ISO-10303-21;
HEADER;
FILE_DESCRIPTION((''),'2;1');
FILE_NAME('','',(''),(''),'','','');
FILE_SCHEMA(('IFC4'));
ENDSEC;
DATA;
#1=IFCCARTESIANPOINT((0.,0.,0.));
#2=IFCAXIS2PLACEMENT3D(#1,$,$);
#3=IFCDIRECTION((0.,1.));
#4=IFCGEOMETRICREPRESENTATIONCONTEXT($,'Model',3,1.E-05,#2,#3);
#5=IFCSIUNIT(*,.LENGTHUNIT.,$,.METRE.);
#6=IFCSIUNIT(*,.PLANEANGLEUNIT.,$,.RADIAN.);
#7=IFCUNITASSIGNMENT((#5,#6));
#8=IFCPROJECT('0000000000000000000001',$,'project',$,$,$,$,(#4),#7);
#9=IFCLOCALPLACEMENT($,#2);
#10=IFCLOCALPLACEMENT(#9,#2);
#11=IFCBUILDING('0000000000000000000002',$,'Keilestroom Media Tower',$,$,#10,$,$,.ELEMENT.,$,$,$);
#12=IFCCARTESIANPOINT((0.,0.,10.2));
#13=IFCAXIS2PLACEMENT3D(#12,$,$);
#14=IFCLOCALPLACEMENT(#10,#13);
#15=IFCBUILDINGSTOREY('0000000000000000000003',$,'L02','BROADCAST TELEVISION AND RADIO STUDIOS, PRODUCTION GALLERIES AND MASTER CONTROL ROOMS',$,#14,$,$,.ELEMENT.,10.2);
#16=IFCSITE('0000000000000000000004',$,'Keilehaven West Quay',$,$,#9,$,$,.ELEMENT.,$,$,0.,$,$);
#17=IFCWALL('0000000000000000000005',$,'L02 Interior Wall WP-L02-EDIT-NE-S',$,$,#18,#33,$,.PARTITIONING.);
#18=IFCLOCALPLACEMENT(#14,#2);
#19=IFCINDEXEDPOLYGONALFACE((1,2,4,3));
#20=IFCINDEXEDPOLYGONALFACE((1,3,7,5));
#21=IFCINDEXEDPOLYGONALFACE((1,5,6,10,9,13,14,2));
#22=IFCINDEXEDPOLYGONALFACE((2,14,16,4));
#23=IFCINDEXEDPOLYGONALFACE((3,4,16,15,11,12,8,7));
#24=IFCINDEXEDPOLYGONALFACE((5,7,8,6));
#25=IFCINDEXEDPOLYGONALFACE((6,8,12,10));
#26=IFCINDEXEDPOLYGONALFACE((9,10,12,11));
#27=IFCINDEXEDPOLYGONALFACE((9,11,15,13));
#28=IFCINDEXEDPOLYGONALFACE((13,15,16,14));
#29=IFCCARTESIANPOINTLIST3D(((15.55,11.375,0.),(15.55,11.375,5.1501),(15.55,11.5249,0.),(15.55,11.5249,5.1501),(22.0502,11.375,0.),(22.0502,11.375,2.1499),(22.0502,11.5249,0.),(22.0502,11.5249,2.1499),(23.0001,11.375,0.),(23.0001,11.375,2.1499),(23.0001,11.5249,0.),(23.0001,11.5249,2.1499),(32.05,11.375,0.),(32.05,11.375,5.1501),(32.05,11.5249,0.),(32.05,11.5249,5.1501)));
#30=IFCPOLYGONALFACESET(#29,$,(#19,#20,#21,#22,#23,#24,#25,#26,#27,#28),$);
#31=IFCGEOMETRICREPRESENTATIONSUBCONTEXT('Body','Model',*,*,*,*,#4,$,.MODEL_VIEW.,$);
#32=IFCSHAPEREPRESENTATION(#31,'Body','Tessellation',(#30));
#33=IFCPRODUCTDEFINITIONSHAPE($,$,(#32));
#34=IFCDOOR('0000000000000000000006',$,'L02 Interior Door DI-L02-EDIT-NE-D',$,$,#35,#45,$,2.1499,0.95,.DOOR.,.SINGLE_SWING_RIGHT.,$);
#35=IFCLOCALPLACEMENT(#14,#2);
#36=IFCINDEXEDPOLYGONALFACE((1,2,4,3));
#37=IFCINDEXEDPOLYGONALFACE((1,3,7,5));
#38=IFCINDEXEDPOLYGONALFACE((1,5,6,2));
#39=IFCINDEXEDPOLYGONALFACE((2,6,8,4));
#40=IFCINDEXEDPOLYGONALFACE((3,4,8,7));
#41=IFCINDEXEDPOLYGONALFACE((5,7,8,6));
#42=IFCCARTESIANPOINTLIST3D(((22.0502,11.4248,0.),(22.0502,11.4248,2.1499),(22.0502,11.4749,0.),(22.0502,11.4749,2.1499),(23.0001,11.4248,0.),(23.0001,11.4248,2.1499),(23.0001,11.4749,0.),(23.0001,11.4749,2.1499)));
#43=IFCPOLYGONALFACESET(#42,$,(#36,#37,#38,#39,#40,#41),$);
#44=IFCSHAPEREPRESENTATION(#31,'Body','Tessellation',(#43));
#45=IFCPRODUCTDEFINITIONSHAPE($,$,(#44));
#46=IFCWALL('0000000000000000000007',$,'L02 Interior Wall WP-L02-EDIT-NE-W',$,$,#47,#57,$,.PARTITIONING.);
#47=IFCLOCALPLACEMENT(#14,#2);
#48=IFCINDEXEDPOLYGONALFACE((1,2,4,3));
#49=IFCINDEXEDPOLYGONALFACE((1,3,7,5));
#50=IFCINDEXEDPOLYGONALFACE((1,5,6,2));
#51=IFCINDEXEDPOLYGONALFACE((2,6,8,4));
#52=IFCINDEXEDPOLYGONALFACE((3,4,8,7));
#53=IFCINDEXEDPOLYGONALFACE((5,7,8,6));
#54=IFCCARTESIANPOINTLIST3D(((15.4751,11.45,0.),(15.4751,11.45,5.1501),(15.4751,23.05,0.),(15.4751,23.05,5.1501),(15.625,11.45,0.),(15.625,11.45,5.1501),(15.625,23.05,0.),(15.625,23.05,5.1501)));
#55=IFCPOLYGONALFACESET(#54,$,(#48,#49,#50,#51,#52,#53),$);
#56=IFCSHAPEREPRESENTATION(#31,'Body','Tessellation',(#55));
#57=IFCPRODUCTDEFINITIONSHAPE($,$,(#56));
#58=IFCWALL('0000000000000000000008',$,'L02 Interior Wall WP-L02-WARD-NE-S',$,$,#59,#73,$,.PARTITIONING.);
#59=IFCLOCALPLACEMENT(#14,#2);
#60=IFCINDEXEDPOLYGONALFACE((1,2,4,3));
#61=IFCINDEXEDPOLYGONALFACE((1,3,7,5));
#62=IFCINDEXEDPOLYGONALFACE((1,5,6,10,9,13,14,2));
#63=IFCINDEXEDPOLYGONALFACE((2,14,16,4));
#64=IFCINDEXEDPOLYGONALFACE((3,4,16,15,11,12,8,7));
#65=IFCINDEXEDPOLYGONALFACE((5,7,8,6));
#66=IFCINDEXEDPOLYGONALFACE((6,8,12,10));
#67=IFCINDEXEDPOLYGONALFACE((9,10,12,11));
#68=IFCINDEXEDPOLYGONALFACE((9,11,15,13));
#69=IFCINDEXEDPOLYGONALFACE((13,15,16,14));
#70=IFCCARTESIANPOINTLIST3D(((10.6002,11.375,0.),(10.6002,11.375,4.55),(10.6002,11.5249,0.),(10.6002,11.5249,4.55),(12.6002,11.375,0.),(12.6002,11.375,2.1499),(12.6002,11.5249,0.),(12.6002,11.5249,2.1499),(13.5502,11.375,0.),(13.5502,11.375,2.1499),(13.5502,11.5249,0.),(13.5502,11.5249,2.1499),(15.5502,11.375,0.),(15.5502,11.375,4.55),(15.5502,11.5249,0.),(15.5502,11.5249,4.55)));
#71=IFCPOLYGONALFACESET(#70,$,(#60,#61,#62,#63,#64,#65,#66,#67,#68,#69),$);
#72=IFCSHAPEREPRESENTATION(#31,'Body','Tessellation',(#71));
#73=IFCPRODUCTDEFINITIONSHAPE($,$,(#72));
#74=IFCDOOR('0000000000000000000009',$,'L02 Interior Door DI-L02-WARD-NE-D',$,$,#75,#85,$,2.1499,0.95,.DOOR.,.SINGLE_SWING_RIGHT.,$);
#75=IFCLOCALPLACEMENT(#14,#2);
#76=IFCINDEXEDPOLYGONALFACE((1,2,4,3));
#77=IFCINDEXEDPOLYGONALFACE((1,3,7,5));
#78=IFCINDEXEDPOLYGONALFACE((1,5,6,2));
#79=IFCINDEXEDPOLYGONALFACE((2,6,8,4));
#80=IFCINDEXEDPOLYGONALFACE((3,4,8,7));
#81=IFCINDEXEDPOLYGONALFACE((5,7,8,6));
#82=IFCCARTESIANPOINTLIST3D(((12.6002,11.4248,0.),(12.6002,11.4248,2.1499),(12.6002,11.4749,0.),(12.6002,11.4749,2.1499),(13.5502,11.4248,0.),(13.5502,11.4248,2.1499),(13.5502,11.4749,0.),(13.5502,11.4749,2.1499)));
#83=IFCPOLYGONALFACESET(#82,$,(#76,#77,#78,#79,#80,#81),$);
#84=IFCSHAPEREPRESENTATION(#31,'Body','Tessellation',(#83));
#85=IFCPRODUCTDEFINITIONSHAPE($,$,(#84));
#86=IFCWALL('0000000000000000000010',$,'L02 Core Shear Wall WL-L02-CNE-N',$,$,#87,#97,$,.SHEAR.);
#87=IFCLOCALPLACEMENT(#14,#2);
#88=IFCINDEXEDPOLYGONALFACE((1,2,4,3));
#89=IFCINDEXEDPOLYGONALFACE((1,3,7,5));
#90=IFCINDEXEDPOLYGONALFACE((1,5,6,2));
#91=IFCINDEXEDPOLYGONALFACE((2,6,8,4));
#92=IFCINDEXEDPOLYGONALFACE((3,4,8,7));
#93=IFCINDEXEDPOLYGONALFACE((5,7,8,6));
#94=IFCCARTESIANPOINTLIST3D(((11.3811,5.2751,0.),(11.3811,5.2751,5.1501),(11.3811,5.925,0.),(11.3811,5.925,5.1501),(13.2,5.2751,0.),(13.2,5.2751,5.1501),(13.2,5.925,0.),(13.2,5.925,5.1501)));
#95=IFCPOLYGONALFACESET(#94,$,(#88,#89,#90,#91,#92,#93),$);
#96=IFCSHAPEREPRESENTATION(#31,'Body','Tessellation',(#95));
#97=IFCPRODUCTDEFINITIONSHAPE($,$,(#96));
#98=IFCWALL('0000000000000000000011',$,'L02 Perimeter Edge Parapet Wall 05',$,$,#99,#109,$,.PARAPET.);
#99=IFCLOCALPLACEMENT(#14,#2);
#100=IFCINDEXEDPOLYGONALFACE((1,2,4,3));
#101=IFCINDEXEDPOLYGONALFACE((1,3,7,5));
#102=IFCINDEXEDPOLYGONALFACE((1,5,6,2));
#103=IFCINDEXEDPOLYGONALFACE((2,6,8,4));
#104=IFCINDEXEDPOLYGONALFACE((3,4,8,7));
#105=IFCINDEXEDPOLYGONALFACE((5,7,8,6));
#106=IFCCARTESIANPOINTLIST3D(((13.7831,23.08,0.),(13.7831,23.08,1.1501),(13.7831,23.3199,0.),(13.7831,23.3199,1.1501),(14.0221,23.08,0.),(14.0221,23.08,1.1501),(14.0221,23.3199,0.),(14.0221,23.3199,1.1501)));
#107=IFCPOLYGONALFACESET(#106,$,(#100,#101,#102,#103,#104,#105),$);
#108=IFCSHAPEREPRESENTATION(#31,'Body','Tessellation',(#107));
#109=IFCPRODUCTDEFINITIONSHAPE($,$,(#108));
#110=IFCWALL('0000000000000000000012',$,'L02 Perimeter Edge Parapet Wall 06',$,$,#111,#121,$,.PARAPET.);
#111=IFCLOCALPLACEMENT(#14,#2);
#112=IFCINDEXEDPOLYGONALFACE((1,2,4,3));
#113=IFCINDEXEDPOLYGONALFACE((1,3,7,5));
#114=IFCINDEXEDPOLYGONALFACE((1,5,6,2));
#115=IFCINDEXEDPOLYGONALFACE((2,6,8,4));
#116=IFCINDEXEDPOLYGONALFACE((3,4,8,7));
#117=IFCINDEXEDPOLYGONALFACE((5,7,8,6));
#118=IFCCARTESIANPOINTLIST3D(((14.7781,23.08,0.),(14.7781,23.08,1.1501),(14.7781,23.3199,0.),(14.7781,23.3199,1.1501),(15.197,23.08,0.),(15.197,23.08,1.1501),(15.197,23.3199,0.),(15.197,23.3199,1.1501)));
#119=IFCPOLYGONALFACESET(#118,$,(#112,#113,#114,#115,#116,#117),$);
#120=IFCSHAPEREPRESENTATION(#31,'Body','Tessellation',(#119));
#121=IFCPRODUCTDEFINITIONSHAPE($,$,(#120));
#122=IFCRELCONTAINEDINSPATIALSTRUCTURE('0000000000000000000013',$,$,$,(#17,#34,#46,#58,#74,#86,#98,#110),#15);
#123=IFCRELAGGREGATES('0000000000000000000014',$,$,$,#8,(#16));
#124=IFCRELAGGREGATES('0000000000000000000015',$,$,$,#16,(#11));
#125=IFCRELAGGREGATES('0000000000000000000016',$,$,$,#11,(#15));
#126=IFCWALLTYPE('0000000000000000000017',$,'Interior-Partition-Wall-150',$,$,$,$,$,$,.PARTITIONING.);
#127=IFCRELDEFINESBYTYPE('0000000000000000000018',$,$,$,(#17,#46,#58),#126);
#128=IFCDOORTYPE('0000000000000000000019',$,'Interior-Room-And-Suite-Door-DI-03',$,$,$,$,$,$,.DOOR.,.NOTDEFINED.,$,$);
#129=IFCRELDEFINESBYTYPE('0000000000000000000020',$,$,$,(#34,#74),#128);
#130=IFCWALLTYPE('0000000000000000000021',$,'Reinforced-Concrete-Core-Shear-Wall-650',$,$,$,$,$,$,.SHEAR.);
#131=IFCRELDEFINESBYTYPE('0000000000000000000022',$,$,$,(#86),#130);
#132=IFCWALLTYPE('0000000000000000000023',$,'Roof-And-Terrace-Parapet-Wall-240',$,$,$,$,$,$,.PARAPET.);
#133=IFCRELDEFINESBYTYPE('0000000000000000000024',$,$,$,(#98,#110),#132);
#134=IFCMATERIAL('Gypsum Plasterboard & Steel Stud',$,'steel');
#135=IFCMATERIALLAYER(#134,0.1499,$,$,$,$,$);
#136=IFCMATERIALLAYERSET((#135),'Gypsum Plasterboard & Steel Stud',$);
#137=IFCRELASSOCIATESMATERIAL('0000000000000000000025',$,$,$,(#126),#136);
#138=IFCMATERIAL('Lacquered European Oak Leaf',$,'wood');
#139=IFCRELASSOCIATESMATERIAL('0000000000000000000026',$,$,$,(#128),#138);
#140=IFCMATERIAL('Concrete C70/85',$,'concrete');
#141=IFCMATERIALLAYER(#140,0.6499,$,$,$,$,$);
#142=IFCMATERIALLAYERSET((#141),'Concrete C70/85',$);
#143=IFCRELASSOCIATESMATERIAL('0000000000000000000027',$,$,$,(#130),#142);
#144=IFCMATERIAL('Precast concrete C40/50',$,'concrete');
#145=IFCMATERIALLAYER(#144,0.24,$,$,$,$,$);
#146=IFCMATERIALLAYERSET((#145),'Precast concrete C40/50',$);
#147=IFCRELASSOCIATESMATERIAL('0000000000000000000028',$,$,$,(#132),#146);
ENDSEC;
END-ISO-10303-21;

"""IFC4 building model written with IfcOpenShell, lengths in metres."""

from ifc_helpers import new_model, si_unit, direction, frame, frame_2d, origin, place, context, subcontext, project, spatial, rectangle, extrude, source, transform, mapped, material, layer, layer_set, type_object, element, fill, save


model = new_model("IFC4")

# Units and contexts
model_context = context("Model", 3, precision=1e-05, world=origin(), true_north=direction((0.0, 1.0)))
body_context = subcontext(model_context, "Body", "Model", "MODEL_VIEW")
ifc_project = project(units=[si_unit("LENGTHUNIT", "METRE"), si_unit("PLANEANGLEUNIT", "RADIAN")], contexts=[model_context])

# Site, building, storey
site_placement = place(None, origin())
site = spatial("IfcSite", under=ifc_project, at=site_placement, Name="Keilehaven West Quay", CompositionType="ELEMENT", RefElevation=0.0)
building_placement = place(site_placement, origin())
building = spatial("IfcBuilding", under=site, at=building_placement, Name="Keilestroom Media Tower", CompositionType="ELEMENT")
storey_placement = place(building_placement, frame((0.0, 0.0, 10.2)))
storey = spatial("IfcBuildingStorey", under=building, at=storey_placement, Name="L02", Description="BROADCAST TELEVISION AND RADIO STUDIOS, PRODUCTION GALLERIES AND MASTER CONTROL ROOMS", CompositionType="ELEMENT", Elevation=10.2)

# Shared definitions
ifc_material_1 = material(Name="Precast concrete C40/50", Category="concrete")
ifc_material_2 = material(Name="Concrete C70/85", Category="concrete")

# Shared definitions
ifc_material_3 = material(Name="Gypsum Plasterboard & Steel Stud", Category="steel")

# Wall, opening, door
ifc_layer_1 = layer(ifc_material_3, 0.1499)
ifc_layer_set_1 = layer_set([ifc_layer_1], Name="Gypsum Plasterboard & Steel Stud")
wall_type_1 = type_object("IfcWallType", Name="Interior-Partition-Wall-150", PredefinedType="PARTITIONING", material=ifc_layer_set_1)
wall_1_placement = place(storey_placement, frame((15.55, 11.45, 0.0), z_axis=(0.0, 0.0, 1.0), x_axis=(1.0, 0.0, 0.0)))
wall_1 = element("IfcWall", 1, at=wall_1_placement, inside=storey, type_object=wall_type_1, Name="L02 Interior Wall WP-L02-EDIT-NE-S", PredefinedType="PARTITIONING", context=body_context, shape_type="SweptSolid", body=[
    extrude(rectangle(XDim=16.5, YDim=0.1499, at=frame_2d((8.25, 0.0))), origin(), (0.0, 0.0, 1.0), 5.1501),
])
opening_1_placement = place(wall_1_placement, frame((6.5, 0.0, 0.0)))
opening_1 = element("IfcOpeningElement", 2, at=opening_1_placement, cuts=wall_1, PredefinedType="OPENING", context=body_context, shape_type="SweptSolid", body=[
    extrude(rectangle(XDim=0.95, YDim=2.1499, at=frame_2d((0.4751, 1.075))), frame((0.0, 0.085, 0.0), z_axis=(0.0, -1.0, 0.0), x_axis=(1.0, 0.0, 0.0)), (0.0, 0.0, 1.0), 0.1699),
])
ifc_material_4 = material(Name="Lacquered European Oak Leaf", Category="wood")
door_type = type_object("IfcDoorType", Name="Interior-Room-And-Suite-Door-DI-03", OperationType="NOTDEFINED", PredefinedType="DOOR", material=ifc_material_4)
shared_shape_1 = source(origin(), body_context, "Body", "SweptSolid", [
    extrude(rectangle(XDim=0.95, YDim=2.1499, at=frame_2d((0.4751, 1.075))), frame((0.0, 0.0249, 0.0), z_axis=(0.0, -1.0, 0.0), x_axis=(1.0, 0.0, 0.0)), (0.0, 0.0, 1.0), 0.05),
])
door_1_placement = place(opening_1_placement, origin())
door_1 = element("IfcDoor", 3, at=door_1_placement, inside=storey, type_object=door_type, Name="L02 Interior Door DI-L02-EDIT-NE-D", OperationType="SINGLE_SWING_RIGHT", OverallHeight=2.1499, OverallWidth=0.95, PredefinedType="DOOR", context=body_context, shape_type="MappedRepresentation", body=[
    mapped(shared_shape_1, transform((0.0, 0.0, 0.0), x_axis=(1.0, 0.0, 0.0), y_axis=(0.0, 1.0, 0.0), z_axis=(0.0, 0.0, 1.0), scale=1.0)),
])
fill(opening_1, door_1)

# Wall
wall_2_placement = place(storey_placement, frame((15.55, 11.45, 0.0), z_axis=(0.0, 0.0, 1.0), x_axis=(0.0, 1.0, 0.0)))
element("IfcWall", 4, at=wall_2_placement, inside=storey, type_object=wall_type_1, Name="L02 Interior Wall WP-L02-EDIT-NE-W", PredefinedType="PARTITIONING", context=body_context, shape_type="SweptSolid", body=[
    extrude(rectangle(XDim=11.6001, YDim=0.1499, at=frame_2d((5.8, 0.0))), origin(), (0.0, 0.0, 1.0), 5.1501),
])

# Wall, opening, door
wall_3_placement = place(storey_placement, frame((10.6001, 11.45, 0.0), z_axis=(0.0, 0.0, 1.0), x_axis=(1.0, 0.0, 0.0)))
wall_3 = element("IfcWall", 5, at=wall_3_placement, inside=storey, type_object=wall_type_1, Name="L02 Interior Wall WP-L02-WARD-NE-S", PredefinedType="PARTITIONING", context=body_context, shape_type="SweptSolid", body=[
    extrude(rectangle(XDim=4.95, YDim=0.1499, at=frame_2d((2.4751, 0.0))), origin(), (0.0, 0.0, 1.0), 4.55),
])
opening_2_placement = place(wall_3_placement, frame((2.0, 0.0, 0.0)))
opening_2 = element("IfcOpeningElement", 6, at=opening_2_placement, cuts=wall_3, PredefinedType="OPENING", context=body_context, shape_type="SweptSolid", body=[
    extrude(rectangle(XDim=0.95, YDim=2.1499, at=frame_2d((0.4751, 1.075))), frame((0.0, 0.085, 0.0), z_axis=(0.0, -1.0, 0.0), x_axis=(1.0, 0.0, 0.0)), (0.0, 0.0, 1.0), 0.1699),
])
door_2_placement = place(opening_2_placement, origin())
door_2 = element("IfcDoor", 7, at=door_2_placement, inside=storey, type_object=door_type, Name="L02 Interior Door DI-L02-WARD-NE-D", OperationType="SINGLE_SWING_RIGHT", OverallHeight=2.1499, OverallWidth=0.95, PredefinedType="DOOR", context=body_context, shape_type="MappedRepresentation", body=[
    mapped(shared_shape_1, transform((0.0, 0.0, 0.0), x_axis=(1.0, 0.0, 0.0), y_axis=(0.0, 1.0, 0.0), z_axis=(0.0, 0.0, 1.0), scale=1.0)),
])
fill(opening_2, door_2)

# Walls
ifc_layer_2 = layer(ifc_material_2, 0.6499)
ifc_layer_set_2 = layer_set([ifc_layer_2], Name="Concrete C70/85")
wall_type_2 = type_object("IfcWallType", Name="Reinforced-Concrete-Core-Shear-Wall-650", PredefinedType="SHEAR", material=ifc_layer_set_2)
wall_4_placement = place(storey_placement, frame((11.3811, 5.6001, 0.0), z_axis=(0.0, 0.0, 1.0), x_axis=(1.0, 0.0, 0.0)))
element("IfcWall", 8, at=wall_4_placement, inside=storey, type_object=wall_type_2, Name="L02 Core Shear Wall WL-L02-CNE-N", PredefinedType="SHEAR", context=body_context, shape_type="SweptSolid", body=[
    extrude(rectangle(XDim=1.8188, YDim=0.6499, at=frame_2d((0.9094, 0.0))), origin(), (0.0, 0.0, 1.0), 5.1501),
])
ifc_layer_3 = layer(ifc_material_1, 0.24)
ifc_layer_set_3 = layer_set([ifc_layer_3], Name="Precast concrete C40/50")
wall_type_3 = type_object("IfcWallType", Name="Roof-And-Terrace-Parapet-Wall-240", PredefinedType="PARAPET", material=ifc_layer_set_3)
wall_5_placement = place(storey_placement, frame((13.783, 23.2, 0.0), z_axis=(0.0, 0.0, 1.0), x_axis=(1.0, 0.0, 0.0)))
element("IfcWall", 9, at=wall_5_placement, inside=storey, type_object=wall_type_3, Name="L02 Perimeter Edge Parapet Wall 05", PredefinedType="PARAPET", context=body_context, shape_type="SweptSolid", body=[
    extrude(rectangle(XDim=0.239, YDim=0.24, at=frame_2d((0.1196, 0.0))), origin(), (0.0, 0.0, 1.0), 1.1501),
])
wall_6_placement = place(storey_placement, frame((14.7781, 23.2, 0.0), z_axis=(0.0, 0.0, 1.0), x_axis=(1.0, 0.0, 0.0)))
element("IfcWall", 10, at=wall_6_placement, inside=storey, type_object=wall_type_3, Name="L02 Perimeter Edge Parapet Wall 06", PredefinedType="PARAPET", context=body_context, shape_type="SweptSolid", body=[
    extrude(rectangle(XDim=0.4189, YDim=0.24, at=frame_2d((0.2095, 0.0))), origin(), (0.0, 0.0, 1.0), 1.1501),
])

save(model, "model.ifc")
